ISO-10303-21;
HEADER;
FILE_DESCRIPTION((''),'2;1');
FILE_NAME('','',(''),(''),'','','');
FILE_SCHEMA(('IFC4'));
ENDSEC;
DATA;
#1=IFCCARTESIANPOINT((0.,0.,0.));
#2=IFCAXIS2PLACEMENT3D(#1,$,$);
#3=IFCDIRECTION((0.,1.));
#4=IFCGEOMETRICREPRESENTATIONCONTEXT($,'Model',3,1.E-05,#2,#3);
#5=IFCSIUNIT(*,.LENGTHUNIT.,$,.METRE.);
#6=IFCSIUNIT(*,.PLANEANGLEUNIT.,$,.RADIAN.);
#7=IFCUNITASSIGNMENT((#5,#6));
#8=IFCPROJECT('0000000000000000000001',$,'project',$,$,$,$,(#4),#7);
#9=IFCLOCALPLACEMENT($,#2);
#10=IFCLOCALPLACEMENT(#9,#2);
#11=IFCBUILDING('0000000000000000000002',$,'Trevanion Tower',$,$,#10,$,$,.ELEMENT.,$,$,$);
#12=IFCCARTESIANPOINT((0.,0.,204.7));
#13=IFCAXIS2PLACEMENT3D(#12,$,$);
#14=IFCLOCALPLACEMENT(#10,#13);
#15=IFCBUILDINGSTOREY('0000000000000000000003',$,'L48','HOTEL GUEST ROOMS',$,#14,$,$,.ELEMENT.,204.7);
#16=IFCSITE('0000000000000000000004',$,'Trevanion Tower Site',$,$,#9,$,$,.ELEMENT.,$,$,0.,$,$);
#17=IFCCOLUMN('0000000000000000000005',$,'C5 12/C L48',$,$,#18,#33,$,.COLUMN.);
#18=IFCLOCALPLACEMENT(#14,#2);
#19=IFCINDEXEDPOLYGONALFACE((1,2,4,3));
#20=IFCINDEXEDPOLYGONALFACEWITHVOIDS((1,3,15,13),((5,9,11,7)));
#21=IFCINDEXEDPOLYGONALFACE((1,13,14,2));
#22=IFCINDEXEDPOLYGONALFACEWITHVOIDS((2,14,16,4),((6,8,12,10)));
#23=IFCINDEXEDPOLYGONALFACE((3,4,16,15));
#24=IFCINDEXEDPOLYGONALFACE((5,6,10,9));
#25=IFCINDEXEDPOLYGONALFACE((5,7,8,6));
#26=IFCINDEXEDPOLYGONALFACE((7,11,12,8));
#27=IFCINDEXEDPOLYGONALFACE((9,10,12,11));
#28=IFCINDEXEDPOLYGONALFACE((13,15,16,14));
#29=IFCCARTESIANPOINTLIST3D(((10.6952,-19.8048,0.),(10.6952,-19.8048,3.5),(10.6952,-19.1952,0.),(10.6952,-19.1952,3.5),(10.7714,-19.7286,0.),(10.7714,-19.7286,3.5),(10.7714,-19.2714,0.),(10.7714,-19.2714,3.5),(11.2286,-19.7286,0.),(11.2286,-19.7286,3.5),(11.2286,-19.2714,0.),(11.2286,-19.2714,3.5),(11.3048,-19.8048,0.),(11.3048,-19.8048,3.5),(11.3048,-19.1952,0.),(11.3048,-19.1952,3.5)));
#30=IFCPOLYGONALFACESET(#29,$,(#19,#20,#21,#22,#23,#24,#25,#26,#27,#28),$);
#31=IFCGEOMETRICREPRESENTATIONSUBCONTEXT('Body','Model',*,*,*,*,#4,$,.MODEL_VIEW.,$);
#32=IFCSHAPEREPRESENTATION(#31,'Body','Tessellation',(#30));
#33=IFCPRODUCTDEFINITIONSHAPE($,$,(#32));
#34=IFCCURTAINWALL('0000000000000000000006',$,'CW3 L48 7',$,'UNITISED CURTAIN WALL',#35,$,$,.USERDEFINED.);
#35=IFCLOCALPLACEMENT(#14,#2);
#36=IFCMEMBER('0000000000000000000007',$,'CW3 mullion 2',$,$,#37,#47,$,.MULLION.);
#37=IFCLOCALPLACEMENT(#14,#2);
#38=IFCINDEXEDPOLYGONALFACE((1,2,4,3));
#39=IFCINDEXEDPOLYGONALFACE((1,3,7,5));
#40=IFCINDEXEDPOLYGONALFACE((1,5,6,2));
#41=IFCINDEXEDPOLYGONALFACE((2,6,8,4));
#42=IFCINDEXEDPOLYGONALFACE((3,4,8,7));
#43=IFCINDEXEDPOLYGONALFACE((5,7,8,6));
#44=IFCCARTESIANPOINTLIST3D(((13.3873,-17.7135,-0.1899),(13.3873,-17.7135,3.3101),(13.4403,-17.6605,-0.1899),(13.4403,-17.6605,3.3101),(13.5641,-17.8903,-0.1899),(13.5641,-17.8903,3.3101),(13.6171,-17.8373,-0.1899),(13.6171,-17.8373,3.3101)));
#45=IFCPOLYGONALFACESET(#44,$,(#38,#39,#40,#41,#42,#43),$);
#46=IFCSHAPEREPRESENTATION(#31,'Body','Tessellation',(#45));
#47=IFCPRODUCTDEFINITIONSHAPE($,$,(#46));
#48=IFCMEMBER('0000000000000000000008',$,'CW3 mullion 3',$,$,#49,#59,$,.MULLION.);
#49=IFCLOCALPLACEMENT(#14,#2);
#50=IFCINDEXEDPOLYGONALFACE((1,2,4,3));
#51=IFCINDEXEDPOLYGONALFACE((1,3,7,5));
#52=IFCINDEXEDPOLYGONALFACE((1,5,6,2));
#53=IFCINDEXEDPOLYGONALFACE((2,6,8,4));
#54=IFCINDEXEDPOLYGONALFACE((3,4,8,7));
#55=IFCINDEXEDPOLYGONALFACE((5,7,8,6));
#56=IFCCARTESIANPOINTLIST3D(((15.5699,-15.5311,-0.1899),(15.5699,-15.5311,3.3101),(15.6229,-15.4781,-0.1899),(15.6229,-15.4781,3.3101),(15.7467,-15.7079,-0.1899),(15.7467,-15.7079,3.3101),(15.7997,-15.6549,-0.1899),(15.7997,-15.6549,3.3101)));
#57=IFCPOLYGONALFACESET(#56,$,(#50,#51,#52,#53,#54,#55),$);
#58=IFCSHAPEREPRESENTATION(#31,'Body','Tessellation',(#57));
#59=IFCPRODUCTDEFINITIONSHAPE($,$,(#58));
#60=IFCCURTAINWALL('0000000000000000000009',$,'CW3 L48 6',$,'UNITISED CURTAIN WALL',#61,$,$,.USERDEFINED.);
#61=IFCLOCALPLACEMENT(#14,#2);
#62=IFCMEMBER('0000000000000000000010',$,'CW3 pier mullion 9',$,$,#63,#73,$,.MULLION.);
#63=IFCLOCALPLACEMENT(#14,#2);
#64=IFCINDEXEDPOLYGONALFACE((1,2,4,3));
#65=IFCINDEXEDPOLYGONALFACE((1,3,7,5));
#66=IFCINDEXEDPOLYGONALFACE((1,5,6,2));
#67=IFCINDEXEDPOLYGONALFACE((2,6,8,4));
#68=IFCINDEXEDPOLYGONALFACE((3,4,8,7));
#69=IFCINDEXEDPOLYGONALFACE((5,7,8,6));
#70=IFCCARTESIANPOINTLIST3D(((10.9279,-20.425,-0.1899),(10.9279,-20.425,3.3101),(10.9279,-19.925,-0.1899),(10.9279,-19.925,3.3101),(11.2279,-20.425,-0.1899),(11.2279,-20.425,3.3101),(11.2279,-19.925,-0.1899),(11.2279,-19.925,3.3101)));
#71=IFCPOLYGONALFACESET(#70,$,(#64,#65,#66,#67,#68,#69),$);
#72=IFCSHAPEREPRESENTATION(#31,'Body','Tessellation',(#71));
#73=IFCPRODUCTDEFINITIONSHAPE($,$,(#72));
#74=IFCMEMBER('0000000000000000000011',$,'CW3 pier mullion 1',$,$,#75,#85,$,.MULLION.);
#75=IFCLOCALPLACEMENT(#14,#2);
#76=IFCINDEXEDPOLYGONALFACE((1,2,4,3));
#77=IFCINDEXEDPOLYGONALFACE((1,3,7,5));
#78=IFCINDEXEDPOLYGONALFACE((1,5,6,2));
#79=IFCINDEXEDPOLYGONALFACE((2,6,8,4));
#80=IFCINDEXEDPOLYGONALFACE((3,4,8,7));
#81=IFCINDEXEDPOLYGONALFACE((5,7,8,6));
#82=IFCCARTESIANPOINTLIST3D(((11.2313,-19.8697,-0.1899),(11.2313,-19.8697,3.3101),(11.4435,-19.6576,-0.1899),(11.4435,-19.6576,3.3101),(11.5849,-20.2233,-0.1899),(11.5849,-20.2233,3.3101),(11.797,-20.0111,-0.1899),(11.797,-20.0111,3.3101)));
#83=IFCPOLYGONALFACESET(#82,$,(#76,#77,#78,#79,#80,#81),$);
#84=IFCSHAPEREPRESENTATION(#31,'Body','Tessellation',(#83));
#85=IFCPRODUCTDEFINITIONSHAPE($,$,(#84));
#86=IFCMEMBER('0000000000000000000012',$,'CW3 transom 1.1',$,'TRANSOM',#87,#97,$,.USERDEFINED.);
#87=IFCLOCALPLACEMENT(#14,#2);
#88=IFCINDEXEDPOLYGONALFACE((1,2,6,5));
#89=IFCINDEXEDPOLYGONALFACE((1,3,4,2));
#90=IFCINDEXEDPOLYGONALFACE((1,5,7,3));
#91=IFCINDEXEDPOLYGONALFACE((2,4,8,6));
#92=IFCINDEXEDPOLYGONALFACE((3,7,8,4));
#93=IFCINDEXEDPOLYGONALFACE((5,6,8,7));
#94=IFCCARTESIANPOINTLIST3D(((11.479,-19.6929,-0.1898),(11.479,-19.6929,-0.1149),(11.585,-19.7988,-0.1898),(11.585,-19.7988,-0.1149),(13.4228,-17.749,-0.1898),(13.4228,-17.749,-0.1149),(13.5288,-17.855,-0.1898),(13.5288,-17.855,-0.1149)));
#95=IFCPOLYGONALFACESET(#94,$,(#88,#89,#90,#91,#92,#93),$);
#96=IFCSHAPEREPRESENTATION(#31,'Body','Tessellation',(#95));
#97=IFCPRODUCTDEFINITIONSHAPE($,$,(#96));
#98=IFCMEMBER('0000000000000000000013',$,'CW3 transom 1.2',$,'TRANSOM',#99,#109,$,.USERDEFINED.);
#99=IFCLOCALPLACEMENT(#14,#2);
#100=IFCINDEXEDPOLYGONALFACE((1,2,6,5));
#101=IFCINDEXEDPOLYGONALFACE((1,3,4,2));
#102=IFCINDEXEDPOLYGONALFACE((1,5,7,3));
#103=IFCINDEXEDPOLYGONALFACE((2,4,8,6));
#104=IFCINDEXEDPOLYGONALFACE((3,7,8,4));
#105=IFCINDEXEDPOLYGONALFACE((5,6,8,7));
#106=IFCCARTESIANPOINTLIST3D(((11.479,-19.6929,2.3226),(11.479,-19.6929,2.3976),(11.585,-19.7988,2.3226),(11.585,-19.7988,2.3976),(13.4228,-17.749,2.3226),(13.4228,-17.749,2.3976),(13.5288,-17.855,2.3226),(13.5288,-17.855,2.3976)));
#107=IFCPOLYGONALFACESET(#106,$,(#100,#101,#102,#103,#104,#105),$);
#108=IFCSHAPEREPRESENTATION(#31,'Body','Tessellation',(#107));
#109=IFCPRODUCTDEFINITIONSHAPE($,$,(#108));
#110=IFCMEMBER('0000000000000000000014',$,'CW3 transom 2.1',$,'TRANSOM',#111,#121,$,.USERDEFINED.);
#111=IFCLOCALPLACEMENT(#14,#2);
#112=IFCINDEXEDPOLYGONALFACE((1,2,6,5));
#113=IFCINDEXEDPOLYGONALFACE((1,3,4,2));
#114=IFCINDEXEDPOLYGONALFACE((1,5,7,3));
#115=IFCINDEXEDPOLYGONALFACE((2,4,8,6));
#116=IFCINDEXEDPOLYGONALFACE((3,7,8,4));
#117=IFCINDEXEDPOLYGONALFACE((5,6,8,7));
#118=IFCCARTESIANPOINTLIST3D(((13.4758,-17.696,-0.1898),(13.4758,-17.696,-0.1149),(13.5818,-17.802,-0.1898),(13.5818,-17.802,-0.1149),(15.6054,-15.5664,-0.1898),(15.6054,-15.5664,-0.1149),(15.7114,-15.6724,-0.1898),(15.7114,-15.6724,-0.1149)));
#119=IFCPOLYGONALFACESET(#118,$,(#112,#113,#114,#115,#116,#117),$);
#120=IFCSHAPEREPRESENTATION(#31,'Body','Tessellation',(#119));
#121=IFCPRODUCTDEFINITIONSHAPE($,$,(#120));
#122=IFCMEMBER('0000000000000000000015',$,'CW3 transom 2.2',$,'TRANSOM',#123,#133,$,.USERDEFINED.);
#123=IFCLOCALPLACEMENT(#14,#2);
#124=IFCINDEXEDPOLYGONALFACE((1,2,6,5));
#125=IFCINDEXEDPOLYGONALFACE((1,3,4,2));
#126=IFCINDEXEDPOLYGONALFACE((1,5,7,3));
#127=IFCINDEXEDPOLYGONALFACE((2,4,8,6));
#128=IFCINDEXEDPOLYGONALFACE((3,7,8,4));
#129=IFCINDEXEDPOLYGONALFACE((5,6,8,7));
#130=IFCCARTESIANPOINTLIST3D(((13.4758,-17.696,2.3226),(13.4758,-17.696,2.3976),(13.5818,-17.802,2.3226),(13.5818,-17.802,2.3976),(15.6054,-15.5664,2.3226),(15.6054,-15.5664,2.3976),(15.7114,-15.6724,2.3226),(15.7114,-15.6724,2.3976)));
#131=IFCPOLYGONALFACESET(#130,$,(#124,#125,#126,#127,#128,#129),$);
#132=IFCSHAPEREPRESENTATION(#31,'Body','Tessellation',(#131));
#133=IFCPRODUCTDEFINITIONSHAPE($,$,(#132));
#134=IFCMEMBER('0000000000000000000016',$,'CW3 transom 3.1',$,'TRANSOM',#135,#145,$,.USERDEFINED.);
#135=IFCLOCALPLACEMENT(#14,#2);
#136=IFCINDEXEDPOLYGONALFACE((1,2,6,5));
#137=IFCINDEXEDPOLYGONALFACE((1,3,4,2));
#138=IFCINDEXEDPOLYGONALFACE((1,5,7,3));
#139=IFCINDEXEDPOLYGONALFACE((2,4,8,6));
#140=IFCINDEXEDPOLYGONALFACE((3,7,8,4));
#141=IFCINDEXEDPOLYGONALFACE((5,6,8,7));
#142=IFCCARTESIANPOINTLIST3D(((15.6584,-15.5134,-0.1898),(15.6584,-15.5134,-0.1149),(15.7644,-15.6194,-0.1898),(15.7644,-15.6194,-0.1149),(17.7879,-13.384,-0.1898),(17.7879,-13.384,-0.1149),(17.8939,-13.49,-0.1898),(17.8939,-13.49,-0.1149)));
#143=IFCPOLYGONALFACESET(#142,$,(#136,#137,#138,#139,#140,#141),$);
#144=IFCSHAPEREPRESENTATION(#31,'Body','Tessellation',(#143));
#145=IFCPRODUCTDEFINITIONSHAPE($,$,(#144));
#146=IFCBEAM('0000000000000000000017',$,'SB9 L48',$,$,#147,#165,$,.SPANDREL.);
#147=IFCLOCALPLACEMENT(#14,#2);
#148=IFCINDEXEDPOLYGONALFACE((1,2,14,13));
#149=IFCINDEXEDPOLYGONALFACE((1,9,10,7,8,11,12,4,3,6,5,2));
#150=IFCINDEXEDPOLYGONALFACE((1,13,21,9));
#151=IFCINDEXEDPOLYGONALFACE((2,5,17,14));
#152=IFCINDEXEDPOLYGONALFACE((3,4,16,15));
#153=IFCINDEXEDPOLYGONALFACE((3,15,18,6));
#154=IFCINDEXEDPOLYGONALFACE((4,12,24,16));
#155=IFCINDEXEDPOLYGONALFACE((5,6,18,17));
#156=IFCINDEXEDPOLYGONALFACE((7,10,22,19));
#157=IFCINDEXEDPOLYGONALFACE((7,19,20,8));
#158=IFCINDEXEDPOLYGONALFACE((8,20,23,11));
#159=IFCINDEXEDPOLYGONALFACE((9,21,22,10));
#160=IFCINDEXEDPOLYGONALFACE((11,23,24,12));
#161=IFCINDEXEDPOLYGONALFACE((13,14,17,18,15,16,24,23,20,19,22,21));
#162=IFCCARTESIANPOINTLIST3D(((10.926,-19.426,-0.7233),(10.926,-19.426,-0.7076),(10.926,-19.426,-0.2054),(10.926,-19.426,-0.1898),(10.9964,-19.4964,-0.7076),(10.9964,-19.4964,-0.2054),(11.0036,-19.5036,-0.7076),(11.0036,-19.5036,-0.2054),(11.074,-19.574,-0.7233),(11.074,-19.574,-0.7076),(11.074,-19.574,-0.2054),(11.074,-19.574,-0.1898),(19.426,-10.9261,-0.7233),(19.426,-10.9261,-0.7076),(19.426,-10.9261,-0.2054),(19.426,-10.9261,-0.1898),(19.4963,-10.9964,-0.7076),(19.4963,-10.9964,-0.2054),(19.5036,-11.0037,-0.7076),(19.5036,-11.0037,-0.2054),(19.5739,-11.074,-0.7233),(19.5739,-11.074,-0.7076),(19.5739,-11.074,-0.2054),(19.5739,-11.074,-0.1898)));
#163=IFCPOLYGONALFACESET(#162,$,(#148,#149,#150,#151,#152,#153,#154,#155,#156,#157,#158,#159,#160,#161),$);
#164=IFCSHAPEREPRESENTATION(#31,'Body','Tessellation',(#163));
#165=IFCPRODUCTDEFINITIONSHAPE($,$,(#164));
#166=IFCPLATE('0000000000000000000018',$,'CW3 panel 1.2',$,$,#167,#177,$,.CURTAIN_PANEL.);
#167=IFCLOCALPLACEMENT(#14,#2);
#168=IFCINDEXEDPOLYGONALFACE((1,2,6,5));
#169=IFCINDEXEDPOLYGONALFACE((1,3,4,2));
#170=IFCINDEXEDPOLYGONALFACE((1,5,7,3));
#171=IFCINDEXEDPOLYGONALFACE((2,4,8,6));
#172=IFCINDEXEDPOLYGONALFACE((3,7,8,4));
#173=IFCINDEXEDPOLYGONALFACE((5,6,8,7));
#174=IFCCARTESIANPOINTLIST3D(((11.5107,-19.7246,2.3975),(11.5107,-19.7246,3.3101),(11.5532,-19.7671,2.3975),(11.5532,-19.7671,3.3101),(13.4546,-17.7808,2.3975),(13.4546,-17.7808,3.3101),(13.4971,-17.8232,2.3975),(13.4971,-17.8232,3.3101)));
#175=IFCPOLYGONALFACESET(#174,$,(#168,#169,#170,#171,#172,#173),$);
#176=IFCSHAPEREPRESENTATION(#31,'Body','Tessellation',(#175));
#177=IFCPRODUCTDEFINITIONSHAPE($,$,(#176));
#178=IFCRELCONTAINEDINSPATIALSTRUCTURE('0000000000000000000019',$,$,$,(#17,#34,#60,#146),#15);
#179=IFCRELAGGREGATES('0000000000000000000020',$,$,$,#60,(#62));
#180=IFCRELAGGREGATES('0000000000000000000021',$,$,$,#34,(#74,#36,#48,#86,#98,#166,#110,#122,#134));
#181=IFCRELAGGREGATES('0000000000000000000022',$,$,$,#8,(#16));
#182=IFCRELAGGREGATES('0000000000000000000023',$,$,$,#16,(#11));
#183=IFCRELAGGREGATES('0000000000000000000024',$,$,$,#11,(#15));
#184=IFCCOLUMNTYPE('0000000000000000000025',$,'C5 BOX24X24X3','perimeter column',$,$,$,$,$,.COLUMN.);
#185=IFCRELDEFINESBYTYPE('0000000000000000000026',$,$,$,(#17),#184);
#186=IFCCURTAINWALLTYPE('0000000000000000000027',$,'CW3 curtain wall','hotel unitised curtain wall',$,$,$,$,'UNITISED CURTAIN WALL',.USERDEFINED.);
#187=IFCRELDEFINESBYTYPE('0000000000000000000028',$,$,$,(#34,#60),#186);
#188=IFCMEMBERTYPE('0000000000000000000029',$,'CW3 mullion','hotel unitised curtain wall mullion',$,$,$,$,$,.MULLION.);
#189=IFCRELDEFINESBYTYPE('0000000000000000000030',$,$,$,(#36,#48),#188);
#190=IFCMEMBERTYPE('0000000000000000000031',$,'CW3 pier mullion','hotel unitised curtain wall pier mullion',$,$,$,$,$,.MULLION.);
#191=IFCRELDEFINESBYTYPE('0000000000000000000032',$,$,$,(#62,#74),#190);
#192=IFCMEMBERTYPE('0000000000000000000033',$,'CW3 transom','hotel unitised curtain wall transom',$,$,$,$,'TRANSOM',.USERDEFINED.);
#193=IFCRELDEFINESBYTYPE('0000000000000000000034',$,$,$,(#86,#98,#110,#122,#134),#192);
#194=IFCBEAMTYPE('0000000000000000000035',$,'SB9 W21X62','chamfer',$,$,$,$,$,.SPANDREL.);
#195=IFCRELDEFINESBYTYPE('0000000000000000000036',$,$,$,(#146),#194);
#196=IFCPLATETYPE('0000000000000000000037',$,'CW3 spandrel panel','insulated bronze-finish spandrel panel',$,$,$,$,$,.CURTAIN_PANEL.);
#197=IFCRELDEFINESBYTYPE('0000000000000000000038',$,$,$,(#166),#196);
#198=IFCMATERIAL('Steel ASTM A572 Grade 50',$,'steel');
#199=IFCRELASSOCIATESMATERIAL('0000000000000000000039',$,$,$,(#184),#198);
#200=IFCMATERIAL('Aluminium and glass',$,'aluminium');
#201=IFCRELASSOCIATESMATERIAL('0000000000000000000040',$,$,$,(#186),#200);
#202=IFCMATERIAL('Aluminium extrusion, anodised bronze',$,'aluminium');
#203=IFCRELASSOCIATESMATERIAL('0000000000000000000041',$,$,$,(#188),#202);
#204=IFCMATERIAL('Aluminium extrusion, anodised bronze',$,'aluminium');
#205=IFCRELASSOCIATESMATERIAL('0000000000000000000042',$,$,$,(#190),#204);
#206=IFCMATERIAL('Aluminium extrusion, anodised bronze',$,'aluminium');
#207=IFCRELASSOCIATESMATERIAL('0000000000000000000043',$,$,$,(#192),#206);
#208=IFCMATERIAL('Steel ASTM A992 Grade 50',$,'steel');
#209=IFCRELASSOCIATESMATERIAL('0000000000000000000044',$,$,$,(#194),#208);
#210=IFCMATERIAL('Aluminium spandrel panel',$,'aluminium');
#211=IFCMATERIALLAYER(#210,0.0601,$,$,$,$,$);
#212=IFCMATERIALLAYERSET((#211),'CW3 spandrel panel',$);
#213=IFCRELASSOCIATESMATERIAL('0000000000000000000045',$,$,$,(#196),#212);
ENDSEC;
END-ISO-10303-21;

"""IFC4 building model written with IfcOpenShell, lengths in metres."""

from ifc_helpers import new_model, si_unit, direction, frame, origin, origin_2d, place, context, subcontext, project, spatial, rectangle, hollow_rectangle, i_section, extrude, material, layer, layer_set, material_profile, profile_set, type_object, element, aggregate, save


model = new_model("IFC4")

# Units and contexts
model_context = context("Model", 3, precision=1e-05, world=origin(), true_north=direction((0.0, 1.0)))
body_context = subcontext(model_context, "Body", "Model", "MODEL_VIEW")
ifc_project = project(units=[si_unit("LENGTHUNIT", "METRE"), si_unit("PLANEANGLEUNIT", "RADIAN")], contexts=[model_context])

# Site, building, storey
site_placement = place(None, origin())
site = spatial("IfcSite", under=ifc_project, at=site_placement, Name="Trevanion Tower Site", CompositionType="ELEMENT", RefElevation=0.0)
building_placement = place(site_placement, origin())
building = spatial("IfcBuilding", under=site, at=building_placement, Name="Trevanion Tower", CompositionType="ELEMENT")
storey_placement = place(building_placement, frame((0.0, 0.0, 204.7)))
storey = spatial("IfcBuildingStorey", under=building, at=storey_placement, Name="L48", Description="HOTEL GUEST ROOMS", CompositionType="ELEMENT", Elevation=204.7)

# Column
ifc_material_1 = material(Name="Steel ASTM A572 Grade 50", Category="steel")
ifc_material_profile_1 = material_profile(ifc_material_1, hollow_rectangle(XDim=0.6096, YDim=0.6096, WallThickness=0.0762, at=origin_2d()), Name="BOX24X24X3")
ifc_profile_set_1 = profile_set([ifc_material_profile_1], Name="Steel ASTM A572 Grade 50")
column_type = type_object("IfcColumnType", Name="C5 BOX24X24X3", Description="perimeter column", PredefinedType="COLUMN", material=ifc_profile_set_1)
column_placement = place(storey_placement, frame((11.0, -19.5, 0.0), z_axis=(0.0, 0.0, 1.0), x_axis=(1.0, 0.0, 0.0)))
element("IfcColumn", 1, at=column_placement, inside=storey, type_object=column_type, Name="C5 12/C L48", PredefinedType="COLUMN", context=body_context, shape_type="SweptSolid", body=[
    extrude(hollow_rectangle(XDim=0.6096, YDim=0.6096, WallThickness=0.0762, at=origin_2d()), origin(), (0.0, 0.0, 1.0), 3.5),
])

# Curtain wall, members
ifc_material_2 = material(Name="Aluminium and glass", Category="aluminium")
curtain_wall_type = type_object("IfcCurtainWallType", Name="CW3 curtain wall", Description="hotel unitised curtain wall", ElementType="UNITISED CURTAIN WALL", PredefinedType="USERDEFINED", material=ifc_material_2)
curtain_wall_1_placement = place(storey_placement, origin())
curtain_wall_1 = element("IfcCurtainWall", 2, at=curtain_wall_1_placement, inside=storey, type_object=curtain_wall_type, Name="CW3 L48 7", ObjectType="UNITISED CURTAIN WALL", PredefinedType="USERDEFINED")
ifc_material_3 = material(Name="Aluminium extrusion, anodised bronze", Category="aluminium")
ifc_material_profile_2 = material_profile(ifc_material_3, rectangle(XDim=0.075, YDim=0.25, at=origin_2d()), Name="CW3 mullion")
ifc_profile_set_2 = profile_set([ifc_material_profile_2], Name="Aluminium extrusion, anodised bronze")
member_type_1 = type_object("IfcMemberType", Name="CW3 mullion", Description="hotel unitised curtain wall mullion", PredefinedType="MULLION", material=ifc_profile_set_2)
member_1_placement = place(storey_placement, frame((13.5022, -17.7754, -0.1899), z_axis=(0.0, 0.0, 1.0), x_axis=(0.707107, 0.707107, 0.0)))
member_1 = element("IfcMember", 3, at=member_1_placement, type_object=member_type_1, Name="CW3 mullion 2", PredefinedType="MULLION", context=body_context, shape_type="SweptSolid", body=[
    extrude(rectangle(XDim=0.075, YDim=0.25, at=origin_2d()), origin(), (0.0, 0.0, 1.0), 3.5),
])
member_2_placement = place(storey_placement, frame((15.6848, -15.593, -0.1899), z_axis=(0.0, 0.0, 1.0), x_axis=(0.707107, 0.707107, 0.0)))
member_2 = element("IfcMember", 4, at=member_2_placement, type_object=member_type_1, Name="CW3 mullion 3", PredefinedType="MULLION", context=body_context, shape_type="SweptSolid", body=[
    extrude(rectangle(XDim=0.075, YDim=0.25, at=origin_2d()), origin(), (0.0, 0.0, 1.0), 3.5),
])

# Curtain wall, member
curtain_wall_2_placement = place(storey_placement, origin())
curtain_wall_2 = element("IfcCurtainWall", 5, at=curtain_wall_2_placement, inside=storey, type_object=curtain_wall_type, Name="CW3 L48 6", ObjectType="UNITISED CURTAIN WALL", PredefinedType="USERDEFINED")
ifc_material_4 = material(Name="Aluminium extrusion, anodised bronze", Category="aluminium")
ifc_material_profile_3 = material_profile(ifc_material_4, rectangle(XDim=0.3, YDim=0.5, at=origin_2d()), Name="CW3 pier mullion")
ifc_profile_set_3 = profile_set([ifc_material_profile_3], Name="Aluminium extrusion, anodised bronze")
member_type_2 = type_object("IfcMemberType", Name="CW3 pier mullion", Description="hotel unitised curtain wall pier mullion", PredefinedType="MULLION", material=ifc_profile_set_3)
member_3_placement = place(storey_placement, frame((11.0779, -20.175, -0.1899), z_axis=(0.0, 0.0, 1.0), x_axis=(1.0, 0.0, 0.0)))
member_3 = element("IfcMember", 6, at=member_3_placement, type_object=member_type_2, Name="CW3 pier mullion 9", PredefinedType="MULLION", context=body_context, shape_type="SweptSolid", body=[
    extrude(rectangle(XDim=0.3, YDim=0.5, at=origin_2d()), origin(), (0.0, 0.0, 1.0), 3.5),
])
aggregate(curtain_wall_2, [member_3])

# Members
member_4_placement = place(storey_placement, frame((11.5142, -19.9404, -0.1899), z_axis=(0.0, 0.0, 1.0), x_axis=(0.707107, 0.707107, 0.0)))
member_4 = element("IfcMember", 7, at=member_4_placement, type_object=member_type_2, Name="CW3 pier mullion 1", PredefinedType="MULLION", context=body_context, shape_type="SweptSolid", body=[
    extrude(rectangle(XDim=0.3, YDim=0.5, at=origin_2d()), origin(), (0.0, 0.0, 1.0), 3.5),
])
ifc_material_5 = material(Name="Aluminium extrusion, anodised bronze", Category="aluminium")
ifc_material_profile_4 = material_profile(ifc_material_5, rectangle(XDim=0.1499, YDim=0.075, at=origin_2d()), Name="CW3 transom")
ifc_profile_set_4 = profile_set([ifc_material_profile_4], Name="Aluminium extrusion, anodised bronze")
member_type_3 = type_object("IfcMemberType", Name="CW3 transom", Description="hotel unitised curtain wall transom", ElementType="TRANSOM", PredefinedType="USERDEFINED", material=ifc_profile_set_4)
member_5_placement = place(storey_placement, frame((11.532, -19.7458, -0.1523), z_axis=(0.707107, 0.707107, 0.0), x_axis=(-0.707107, 0.707107, 0.0)))
member_5 = element("IfcMember", 8, at=member_5_placement, type_object=member_type_3, Name="CW3 transom 1.1", ObjectType="TRANSOM", PredefinedType="USERDEFINED", context=body_context, shape_type="SweptSolid", body=[
    extrude(rectangle(XDim=0.1499, YDim=0.075, at=origin_2d()), origin(), (0.0, 0.0, 1.0), 2.749),
])
member_6_placement = place(storey_placement, frame((11.532, -19.7458, 2.3601), z_axis=(0.707107, 0.707107, 0.0), x_axis=(-0.707107, 0.707107, 0.0)))
member_6 = element("IfcMember", 9, at=member_6_placement, type_object=member_type_3, Name="CW3 transom 1.2", ObjectType="TRANSOM", PredefinedType="USERDEFINED", context=body_context, shape_type="SweptSolid", body=[
    extrude(rectangle(XDim=0.1499, YDim=0.075, at=origin_2d()), origin(), (0.0, 0.0, 1.0), 2.749),
])
member_7_placement = place(storey_placement, frame((13.5288, -17.749, -0.1523), z_axis=(0.707107, 0.707107, 0.0), x_axis=(-0.707107, 0.707107, 0.0)))
member_7 = element("IfcMember", 10, at=member_7_placement, type_object=member_type_3, Name="CW3 transom 2.1", ObjectType="TRANSOM", PredefinedType="USERDEFINED", context=body_context, shape_type="SweptSolid", body=[
    extrude(rectangle(XDim=0.1499, YDim=0.075, at=origin_2d()), origin(), (0.0, 0.0, 1.0), 3.0117),
])
member_8_placement = place(storey_placement, frame((13.5288, -17.749, 2.3601), z_axis=(0.707107, 0.707107, 0.0), x_axis=(-0.707107, 0.707107, 0.0)))
member_8 = element("IfcMember", 11, at=member_8_placement, type_object=member_type_3, Name="CW3 transom 2.2", ObjectType="TRANSOM", PredefinedType="USERDEFINED", context=body_context, shape_type="SweptSolid", body=[
    extrude(rectangle(XDim=0.1499, YDim=0.075, at=origin_2d()), origin(), (0.0, 0.0, 1.0), 3.0117),
])
member_9_placement = place(storey_placement, frame((15.7114, -15.5664, -0.1523), z_axis=(0.707107, 0.707107, 0.0), x_axis=(-0.707107, 0.707107, 0.0)))
member_9 = element("IfcMember", 12, at=member_9_placement, type_object=member_type_3, Name="CW3 transom 3.1", ObjectType="TRANSOM", PredefinedType="USERDEFINED", context=body_context, shape_type="SweptSolid", body=[
    extrude(rectangle(XDim=0.1499, YDim=0.075, at=origin_2d()), origin(), (0.0, 0.0, 1.0), 3.0115),
])

# Beam
ifc_material_6 = material(Name="Steel ASTM A992 Grade 50", Category="steel")
ifc_material_profile_5 = material_profile(ifc_material_6, i_section(OverallWidth=0.2092, OverallDepth=0.5334, WebThickness=0.0103, FlangeThickness=0.0156, at=origin_2d()), Name="W21X62")
ifc_profile_set_5 = profile_set([ifc_material_profile_5], Name="Steel ASTM A992 Grade 50")
beam_type = type_object("IfcBeamType", Name="SB9 W21X62", Description="chamfer", PredefinedType="SPANDREL", material=ifc_profile_set_5)
beam_placement = place(storey_placement, frame((11.0, -19.5, -0.4565), z_axis=(0.707107, 0.707107, 0.0), x_axis=(-0.707107, 0.707107, 0.0)))
element("IfcBeam", 13, at=beam_placement, inside=storey, type_object=beam_type, Name="SB9 L48", PredefinedType="SPANDREL", context=body_context, shape_type="SweptSolid", body=[
    extrude(i_section(OverallWidth=0.2092, OverallDepth=0.5334, WebThickness=0.0103, FlangeThickness=0.0156, at=origin_2d()), origin(), (0.0, 0.0, 1.0), 12.0208),
])

# Plate
ifc_material_7 = material(Name="Aluminium spandrel panel", Category="aluminium")
ifc_layer_1 = layer(ifc_material_7, 0.0601)
ifc_layer_set_1 = layer_set([ifc_layer_1], Name="CW3 spandrel panel")
plate_type_1 = type_object("IfcPlateType", Name="CW3 spandrel panel", Description="insulated bronze-finish spandrel panel", PredefinedType="CURTAIN_PANEL", material=ifc_layer_set_1)
plate_1_placement = place(storey_placement, frame((12.5039, -18.7739, 2.3975), z_axis=(0.0, 0.0, 1.0), x_axis=(0.707107, 0.707107, 0.0)))
plate_1 = element("IfcPlate", 14, at=plate_1_placement, type_object=plate_type_1, Name="CW3 panel 1.2", PredefinedType="CURTAIN_PANEL", context=body_context, shape_type="SweptSolid", body=[
    extrude(rectangle(XDim=2.749, YDim=0.0601, at=origin_2d()), origin(), (0.0, 0.0, 1.0), 0.9126),
])
aggregate(curtain_wall_1, [member_4, member_1, member_2, member_5, member_6, plate_1, member_7, member_8, member_9])

save(model, "model.ifc")
